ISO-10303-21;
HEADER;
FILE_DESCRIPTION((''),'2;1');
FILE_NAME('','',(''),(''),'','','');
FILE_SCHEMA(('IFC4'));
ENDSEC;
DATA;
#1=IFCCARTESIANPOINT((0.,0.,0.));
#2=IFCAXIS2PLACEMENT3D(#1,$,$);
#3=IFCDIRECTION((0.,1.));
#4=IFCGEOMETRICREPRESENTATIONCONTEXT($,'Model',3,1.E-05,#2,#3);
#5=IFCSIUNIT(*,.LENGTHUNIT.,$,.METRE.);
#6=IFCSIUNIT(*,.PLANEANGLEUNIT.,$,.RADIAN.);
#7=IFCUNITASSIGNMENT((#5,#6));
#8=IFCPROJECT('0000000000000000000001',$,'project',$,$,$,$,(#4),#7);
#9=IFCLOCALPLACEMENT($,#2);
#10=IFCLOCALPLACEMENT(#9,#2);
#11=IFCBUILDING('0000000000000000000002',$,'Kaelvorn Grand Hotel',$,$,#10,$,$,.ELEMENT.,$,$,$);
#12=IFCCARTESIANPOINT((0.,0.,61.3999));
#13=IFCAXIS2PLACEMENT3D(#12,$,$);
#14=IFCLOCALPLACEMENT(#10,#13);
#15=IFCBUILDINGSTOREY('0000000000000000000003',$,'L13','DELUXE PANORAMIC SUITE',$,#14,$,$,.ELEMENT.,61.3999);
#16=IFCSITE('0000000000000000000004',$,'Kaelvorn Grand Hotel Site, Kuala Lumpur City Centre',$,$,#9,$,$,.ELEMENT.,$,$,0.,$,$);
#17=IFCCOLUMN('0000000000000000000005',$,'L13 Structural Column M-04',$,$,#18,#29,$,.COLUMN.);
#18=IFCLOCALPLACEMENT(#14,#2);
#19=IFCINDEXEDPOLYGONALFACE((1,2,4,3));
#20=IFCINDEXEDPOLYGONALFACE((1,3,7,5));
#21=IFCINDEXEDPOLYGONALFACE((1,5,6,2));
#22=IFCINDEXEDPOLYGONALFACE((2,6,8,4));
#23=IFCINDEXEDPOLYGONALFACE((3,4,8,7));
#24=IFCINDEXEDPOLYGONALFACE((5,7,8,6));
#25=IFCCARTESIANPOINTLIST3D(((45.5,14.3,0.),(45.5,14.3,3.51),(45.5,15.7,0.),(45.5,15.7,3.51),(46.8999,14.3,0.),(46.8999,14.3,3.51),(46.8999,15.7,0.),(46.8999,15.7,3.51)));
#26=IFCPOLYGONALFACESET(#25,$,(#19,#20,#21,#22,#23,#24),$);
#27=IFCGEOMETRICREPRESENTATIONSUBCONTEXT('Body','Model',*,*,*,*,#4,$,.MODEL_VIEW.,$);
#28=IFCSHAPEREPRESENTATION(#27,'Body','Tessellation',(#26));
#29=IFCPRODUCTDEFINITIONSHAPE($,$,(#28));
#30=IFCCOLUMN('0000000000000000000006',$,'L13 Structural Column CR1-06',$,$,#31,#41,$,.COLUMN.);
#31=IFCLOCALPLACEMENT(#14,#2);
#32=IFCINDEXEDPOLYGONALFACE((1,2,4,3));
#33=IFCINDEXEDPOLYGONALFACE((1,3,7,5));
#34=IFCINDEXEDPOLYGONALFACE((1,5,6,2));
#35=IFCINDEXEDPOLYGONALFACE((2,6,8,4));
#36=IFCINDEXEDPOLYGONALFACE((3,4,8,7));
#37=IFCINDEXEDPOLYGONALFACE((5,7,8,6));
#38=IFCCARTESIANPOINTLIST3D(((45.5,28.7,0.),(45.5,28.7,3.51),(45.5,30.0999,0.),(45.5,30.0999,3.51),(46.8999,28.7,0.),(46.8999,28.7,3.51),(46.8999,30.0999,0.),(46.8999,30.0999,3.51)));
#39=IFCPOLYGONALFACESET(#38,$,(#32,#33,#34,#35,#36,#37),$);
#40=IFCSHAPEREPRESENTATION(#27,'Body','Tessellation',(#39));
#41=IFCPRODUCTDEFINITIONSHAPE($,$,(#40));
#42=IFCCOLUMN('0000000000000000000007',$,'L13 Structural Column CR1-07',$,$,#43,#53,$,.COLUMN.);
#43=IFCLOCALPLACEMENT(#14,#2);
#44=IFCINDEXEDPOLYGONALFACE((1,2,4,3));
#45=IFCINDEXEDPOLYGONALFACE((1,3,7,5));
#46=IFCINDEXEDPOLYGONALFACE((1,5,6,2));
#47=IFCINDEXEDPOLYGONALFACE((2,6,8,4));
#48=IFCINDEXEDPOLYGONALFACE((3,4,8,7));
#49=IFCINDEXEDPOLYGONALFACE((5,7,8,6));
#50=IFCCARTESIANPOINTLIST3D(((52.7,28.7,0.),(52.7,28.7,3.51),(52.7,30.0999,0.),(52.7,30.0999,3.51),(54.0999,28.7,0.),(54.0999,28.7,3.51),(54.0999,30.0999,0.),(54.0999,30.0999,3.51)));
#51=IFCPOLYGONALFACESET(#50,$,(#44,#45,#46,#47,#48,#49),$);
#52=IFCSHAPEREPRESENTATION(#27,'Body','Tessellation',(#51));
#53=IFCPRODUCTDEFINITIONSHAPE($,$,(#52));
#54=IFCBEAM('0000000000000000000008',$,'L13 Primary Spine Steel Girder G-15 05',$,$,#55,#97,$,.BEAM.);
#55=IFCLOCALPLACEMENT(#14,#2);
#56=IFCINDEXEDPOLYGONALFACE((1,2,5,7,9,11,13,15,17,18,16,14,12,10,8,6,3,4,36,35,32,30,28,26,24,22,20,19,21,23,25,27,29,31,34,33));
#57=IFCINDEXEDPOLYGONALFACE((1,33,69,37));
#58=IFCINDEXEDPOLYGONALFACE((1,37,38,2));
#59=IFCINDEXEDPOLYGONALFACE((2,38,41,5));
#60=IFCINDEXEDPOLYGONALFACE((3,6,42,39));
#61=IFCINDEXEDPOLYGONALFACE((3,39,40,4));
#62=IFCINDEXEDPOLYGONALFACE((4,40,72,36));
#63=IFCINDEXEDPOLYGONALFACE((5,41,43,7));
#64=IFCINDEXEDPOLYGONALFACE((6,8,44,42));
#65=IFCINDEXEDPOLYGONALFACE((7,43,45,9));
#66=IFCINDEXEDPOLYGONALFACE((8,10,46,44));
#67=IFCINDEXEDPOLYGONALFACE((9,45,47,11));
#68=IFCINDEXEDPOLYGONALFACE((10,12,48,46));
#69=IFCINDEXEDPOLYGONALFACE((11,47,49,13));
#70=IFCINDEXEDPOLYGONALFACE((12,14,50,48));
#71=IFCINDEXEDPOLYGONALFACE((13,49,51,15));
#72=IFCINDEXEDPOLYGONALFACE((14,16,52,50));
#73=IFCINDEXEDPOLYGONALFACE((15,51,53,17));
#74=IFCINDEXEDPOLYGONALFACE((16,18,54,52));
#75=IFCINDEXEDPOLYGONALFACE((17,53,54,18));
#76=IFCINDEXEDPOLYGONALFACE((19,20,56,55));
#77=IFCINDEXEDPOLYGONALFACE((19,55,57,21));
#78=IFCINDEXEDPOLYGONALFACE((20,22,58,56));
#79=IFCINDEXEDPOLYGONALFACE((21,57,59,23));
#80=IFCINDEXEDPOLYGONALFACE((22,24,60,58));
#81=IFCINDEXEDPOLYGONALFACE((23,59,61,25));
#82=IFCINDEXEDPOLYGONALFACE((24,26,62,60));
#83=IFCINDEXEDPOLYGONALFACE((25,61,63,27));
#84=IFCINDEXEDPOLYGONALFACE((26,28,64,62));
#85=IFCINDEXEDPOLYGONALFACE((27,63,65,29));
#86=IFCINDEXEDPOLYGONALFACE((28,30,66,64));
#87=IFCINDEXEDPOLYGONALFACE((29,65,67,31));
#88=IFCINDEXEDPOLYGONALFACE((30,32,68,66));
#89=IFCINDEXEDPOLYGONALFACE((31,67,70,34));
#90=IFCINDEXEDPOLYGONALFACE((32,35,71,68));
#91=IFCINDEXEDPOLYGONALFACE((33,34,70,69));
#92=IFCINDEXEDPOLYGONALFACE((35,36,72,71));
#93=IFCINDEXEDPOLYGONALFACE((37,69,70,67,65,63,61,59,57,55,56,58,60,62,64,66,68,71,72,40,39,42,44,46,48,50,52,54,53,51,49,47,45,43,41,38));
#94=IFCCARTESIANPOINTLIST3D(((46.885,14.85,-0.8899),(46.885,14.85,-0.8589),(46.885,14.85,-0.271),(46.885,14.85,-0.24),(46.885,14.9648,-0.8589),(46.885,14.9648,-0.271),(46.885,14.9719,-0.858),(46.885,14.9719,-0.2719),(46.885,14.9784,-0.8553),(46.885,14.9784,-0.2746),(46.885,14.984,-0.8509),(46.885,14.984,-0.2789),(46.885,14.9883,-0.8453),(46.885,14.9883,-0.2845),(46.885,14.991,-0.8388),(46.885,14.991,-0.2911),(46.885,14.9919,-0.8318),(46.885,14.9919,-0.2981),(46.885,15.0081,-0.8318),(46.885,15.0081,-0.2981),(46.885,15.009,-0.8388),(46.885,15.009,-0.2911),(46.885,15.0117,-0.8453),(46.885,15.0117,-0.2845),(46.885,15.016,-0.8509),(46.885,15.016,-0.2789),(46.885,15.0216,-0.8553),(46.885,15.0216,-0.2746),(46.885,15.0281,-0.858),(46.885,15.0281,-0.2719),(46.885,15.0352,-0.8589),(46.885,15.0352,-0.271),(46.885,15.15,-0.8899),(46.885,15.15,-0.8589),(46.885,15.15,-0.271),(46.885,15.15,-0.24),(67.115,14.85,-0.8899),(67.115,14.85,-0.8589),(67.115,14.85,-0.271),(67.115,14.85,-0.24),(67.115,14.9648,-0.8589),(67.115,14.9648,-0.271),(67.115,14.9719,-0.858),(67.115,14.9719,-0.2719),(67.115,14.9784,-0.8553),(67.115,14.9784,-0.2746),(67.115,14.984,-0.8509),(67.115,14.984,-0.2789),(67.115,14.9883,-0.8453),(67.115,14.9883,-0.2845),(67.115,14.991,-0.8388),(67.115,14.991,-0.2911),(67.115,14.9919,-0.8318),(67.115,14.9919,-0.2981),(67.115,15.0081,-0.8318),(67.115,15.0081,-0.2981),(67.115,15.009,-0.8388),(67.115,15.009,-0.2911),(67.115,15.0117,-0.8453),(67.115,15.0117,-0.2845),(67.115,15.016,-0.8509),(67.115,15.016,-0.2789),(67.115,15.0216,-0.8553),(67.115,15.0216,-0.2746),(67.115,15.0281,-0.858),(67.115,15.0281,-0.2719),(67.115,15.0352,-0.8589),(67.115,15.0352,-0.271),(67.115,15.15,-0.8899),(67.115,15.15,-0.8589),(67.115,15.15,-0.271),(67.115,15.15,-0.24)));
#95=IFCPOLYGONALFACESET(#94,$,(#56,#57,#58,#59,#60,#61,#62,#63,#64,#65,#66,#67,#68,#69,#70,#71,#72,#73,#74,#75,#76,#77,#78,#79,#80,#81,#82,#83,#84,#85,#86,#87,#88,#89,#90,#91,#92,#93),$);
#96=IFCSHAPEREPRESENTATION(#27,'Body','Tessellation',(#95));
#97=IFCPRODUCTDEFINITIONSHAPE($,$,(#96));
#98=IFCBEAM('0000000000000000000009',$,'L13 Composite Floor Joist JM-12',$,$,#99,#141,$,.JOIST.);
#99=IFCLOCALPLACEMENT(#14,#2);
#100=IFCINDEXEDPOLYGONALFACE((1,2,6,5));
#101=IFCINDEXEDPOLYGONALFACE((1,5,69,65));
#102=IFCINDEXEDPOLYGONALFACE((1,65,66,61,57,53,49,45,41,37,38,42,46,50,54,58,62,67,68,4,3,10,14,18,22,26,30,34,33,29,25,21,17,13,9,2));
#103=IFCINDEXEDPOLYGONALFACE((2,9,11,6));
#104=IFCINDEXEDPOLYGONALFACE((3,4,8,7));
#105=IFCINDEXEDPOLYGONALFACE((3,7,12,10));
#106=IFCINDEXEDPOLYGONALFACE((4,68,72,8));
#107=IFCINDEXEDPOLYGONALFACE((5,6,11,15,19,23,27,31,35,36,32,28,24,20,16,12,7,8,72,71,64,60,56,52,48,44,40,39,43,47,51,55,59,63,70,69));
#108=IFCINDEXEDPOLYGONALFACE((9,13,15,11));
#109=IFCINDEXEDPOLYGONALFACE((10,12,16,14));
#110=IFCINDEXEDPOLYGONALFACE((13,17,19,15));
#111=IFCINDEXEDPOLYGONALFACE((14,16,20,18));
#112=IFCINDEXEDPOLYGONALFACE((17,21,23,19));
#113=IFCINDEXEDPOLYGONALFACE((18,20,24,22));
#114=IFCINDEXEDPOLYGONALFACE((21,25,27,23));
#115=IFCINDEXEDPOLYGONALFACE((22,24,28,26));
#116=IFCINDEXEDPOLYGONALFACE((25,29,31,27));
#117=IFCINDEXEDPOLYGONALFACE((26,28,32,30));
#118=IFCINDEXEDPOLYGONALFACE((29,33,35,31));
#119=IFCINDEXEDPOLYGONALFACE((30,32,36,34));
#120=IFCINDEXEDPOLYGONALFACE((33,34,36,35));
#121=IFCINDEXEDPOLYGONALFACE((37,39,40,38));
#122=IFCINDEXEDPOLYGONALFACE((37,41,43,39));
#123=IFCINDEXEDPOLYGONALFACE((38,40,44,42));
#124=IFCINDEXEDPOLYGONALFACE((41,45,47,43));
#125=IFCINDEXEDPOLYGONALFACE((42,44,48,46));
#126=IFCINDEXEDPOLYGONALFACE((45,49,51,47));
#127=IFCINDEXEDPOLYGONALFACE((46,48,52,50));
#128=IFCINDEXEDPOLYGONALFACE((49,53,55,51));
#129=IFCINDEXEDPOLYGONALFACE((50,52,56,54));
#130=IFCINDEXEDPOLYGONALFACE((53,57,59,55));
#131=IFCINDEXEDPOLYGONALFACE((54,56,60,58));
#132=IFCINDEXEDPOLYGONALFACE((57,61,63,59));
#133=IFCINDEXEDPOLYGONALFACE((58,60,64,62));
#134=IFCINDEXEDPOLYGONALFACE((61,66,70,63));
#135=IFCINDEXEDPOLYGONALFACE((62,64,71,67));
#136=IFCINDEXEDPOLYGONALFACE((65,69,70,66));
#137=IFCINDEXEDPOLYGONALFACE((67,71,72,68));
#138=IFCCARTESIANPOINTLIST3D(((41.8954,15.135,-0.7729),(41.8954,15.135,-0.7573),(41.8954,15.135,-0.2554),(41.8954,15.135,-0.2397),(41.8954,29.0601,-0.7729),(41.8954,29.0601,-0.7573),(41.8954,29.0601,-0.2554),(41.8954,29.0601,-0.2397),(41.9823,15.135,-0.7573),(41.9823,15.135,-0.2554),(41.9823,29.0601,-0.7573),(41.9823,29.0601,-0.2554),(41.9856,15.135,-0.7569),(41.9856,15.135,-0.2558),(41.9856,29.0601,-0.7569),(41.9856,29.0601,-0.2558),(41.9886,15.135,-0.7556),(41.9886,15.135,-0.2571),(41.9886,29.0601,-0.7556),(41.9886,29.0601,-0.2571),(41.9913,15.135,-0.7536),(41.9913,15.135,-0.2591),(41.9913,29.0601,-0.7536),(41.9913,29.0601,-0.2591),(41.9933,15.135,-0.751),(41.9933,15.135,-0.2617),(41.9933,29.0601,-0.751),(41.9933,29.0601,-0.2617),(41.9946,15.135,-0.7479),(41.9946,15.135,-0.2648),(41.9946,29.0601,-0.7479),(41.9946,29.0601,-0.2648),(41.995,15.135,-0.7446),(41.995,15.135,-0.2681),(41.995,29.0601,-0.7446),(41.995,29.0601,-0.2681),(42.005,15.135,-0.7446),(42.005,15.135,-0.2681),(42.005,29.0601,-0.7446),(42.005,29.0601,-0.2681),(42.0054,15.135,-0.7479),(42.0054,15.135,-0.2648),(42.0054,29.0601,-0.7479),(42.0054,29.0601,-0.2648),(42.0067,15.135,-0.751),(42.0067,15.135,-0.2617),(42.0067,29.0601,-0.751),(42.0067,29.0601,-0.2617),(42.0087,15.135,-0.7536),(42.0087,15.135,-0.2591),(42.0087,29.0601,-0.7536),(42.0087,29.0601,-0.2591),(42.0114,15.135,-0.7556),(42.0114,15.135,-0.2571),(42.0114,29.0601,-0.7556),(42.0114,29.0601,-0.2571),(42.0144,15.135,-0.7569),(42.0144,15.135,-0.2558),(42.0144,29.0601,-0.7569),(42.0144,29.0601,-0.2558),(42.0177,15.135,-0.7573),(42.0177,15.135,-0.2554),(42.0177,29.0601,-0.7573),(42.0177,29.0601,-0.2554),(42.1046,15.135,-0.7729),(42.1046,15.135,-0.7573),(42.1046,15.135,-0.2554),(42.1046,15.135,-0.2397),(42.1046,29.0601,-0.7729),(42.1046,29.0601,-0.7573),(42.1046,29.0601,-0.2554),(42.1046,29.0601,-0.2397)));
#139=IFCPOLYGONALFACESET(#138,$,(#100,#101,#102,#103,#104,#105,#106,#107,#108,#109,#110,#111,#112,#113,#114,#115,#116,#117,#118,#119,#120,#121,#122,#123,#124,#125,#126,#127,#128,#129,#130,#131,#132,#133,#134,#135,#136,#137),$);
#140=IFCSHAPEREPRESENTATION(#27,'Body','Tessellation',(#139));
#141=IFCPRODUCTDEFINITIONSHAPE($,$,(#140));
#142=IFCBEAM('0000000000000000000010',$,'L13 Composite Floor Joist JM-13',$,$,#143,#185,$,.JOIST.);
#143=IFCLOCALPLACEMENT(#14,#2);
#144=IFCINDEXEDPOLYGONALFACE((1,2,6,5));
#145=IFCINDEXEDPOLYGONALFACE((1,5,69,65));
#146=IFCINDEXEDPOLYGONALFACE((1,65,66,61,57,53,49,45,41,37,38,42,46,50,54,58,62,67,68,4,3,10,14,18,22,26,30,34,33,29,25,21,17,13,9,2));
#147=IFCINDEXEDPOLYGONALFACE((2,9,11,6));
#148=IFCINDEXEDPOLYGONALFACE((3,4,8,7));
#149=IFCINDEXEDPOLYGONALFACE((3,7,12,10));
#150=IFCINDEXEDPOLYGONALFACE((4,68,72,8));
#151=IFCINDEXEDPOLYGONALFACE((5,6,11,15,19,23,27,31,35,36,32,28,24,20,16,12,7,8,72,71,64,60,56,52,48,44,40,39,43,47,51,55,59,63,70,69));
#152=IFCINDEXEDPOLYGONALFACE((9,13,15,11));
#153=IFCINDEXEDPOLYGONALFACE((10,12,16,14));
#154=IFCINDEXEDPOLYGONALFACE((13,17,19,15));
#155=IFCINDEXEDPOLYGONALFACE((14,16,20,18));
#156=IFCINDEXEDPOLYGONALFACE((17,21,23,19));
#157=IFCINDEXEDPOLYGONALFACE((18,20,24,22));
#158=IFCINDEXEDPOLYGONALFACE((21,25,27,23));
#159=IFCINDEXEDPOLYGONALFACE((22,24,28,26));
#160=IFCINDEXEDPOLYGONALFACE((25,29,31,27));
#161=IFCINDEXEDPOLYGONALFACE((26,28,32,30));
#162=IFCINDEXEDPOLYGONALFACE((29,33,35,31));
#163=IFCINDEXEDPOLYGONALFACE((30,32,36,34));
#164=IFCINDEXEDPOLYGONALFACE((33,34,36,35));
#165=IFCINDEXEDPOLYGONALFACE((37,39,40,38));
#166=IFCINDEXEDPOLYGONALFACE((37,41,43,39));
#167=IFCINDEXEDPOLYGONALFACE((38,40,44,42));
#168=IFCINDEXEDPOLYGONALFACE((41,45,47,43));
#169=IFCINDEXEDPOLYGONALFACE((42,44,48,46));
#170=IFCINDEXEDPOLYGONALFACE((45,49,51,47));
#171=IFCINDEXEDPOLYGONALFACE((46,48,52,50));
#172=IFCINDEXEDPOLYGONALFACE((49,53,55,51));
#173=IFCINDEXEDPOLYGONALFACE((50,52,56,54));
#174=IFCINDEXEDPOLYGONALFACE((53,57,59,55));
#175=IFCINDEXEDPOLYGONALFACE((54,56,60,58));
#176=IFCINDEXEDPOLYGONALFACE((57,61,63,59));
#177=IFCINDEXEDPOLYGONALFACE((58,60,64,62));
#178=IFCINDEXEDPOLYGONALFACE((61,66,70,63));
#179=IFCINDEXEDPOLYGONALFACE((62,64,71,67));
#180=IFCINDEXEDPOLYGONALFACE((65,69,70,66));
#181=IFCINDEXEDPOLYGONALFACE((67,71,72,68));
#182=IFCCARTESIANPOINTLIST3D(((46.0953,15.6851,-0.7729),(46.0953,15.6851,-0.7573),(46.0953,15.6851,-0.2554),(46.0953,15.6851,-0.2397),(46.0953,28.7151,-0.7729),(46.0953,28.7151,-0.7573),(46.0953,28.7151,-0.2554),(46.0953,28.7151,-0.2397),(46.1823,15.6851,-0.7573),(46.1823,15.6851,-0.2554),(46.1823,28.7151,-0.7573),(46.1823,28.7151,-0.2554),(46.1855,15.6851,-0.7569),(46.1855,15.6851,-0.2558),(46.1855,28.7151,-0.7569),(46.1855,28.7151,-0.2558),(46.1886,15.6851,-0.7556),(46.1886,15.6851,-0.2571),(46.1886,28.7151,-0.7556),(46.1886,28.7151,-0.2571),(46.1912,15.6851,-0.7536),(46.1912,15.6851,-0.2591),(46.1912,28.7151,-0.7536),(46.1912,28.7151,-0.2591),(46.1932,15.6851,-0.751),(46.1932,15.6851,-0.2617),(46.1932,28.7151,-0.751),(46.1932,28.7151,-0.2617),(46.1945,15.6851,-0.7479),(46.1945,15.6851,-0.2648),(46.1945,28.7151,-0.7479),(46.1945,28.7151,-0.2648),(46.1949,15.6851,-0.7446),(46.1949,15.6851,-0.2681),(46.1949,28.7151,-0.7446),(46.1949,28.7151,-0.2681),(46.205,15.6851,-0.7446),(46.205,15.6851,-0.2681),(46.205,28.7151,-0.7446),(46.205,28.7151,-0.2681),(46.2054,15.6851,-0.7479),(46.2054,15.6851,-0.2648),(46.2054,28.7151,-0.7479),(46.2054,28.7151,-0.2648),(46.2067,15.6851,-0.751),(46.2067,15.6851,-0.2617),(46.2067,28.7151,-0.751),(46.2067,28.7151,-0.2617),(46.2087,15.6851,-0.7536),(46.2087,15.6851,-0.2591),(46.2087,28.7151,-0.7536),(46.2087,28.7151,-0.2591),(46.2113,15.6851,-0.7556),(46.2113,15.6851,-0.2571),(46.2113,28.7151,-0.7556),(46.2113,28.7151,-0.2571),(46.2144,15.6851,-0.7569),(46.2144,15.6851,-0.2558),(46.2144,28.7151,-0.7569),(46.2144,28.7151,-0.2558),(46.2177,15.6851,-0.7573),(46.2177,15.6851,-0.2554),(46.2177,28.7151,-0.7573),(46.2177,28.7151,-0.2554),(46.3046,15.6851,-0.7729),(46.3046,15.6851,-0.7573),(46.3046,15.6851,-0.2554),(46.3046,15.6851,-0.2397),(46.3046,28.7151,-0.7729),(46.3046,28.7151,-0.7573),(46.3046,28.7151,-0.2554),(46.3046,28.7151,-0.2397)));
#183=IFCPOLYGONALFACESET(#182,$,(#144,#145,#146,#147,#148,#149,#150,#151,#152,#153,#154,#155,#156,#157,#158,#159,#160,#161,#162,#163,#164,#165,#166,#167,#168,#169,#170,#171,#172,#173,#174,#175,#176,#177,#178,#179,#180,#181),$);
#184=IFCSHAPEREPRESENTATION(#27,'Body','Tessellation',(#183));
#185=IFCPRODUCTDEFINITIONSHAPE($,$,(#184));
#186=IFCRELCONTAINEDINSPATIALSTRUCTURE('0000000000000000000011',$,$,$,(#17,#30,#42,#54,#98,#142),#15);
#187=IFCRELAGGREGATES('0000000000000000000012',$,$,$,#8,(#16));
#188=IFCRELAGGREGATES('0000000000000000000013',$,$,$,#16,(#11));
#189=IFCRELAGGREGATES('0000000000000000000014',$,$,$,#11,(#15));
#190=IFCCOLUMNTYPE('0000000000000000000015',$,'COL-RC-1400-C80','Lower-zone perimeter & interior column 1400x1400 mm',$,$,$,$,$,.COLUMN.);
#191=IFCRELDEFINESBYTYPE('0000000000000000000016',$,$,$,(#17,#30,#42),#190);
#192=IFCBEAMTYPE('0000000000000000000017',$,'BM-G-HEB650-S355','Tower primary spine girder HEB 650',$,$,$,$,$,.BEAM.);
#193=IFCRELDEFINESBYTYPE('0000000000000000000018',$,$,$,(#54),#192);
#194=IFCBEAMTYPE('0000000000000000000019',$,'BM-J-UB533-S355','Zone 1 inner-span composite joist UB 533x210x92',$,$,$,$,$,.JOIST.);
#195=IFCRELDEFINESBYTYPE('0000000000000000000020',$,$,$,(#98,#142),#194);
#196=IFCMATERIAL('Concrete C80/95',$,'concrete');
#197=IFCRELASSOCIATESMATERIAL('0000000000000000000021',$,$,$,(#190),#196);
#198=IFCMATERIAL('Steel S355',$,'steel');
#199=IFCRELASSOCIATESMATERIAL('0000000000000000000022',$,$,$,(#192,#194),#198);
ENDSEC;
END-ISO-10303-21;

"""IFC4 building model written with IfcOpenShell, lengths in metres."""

from ifc_helpers import new_model, si_unit, direction, frame, origin, origin_2d, place, context, subcontext, project, spatial, rectangle, i_section, extrude, material, material_profile, profile_set, type_object, element, save


model = new_model("IFC4")

# Units and contexts
model_context = context("Model", 3, precision=1e-05, world=origin(), true_north=direction((0.0, 1.0)))
body_context = subcontext(model_context, "Body", "Model", "MODEL_VIEW")
ifc_project = project(units=[si_unit("LENGTHUNIT", "METRE"), si_unit("PLANEANGLEUNIT", "RADIAN")], contexts=[model_context])

# Site, building, storey
site_placement = place(None, origin())
site = spatial("IfcSite", under=ifc_project, at=site_placement, Name="Kaelvorn Grand Hotel Site, Kuala Lumpur City Centre", CompositionType="ELEMENT", RefElevation=0.0)
building_placement = place(site_placement, origin())
building = spatial("IfcBuilding", under=site, at=building_placement, Name="Kaelvorn Grand Hotel", CompositionType="ELEMENT")
storey_placement = place(building_placement, frame((0.0, 0.0, 61.3999)))
storey = spatial("IfcBuildingStorey", under=building, at=storey_placement, Name="L13", Description="DELUXE PANORAMIC SUITE", CompositionType="ELEMENT", Elevation=61.3999)

# Columns
ifc_material_1 = material(Name="Concrete C80/95", Category="concrete")
ifc_material_profile_1 = material_profile(ifc_material_1, rectangle(XDim=1.3999, YDim=1.3999, at=origin_2d()), Name="RC COL 1400x1400")
ifc_profile_set_1 = profile_set([ifc_material_profile_1], Name="Concrete C80/95")
column_type = type_object("IfcColumnType", Name="COL-RC-1400-C80", Description="Lower-zone perimeter & interior column 1400x1400 mm", PredefinedType="COLUMN", material=ifc_profile_set_1)
for number, where, z_axis, x_axis, name in (
    (1, (46.2, 15.0, 0.0), (0.0, 0.0, 1.0), (1.0, 0.0, 0.0), "L13 Structural Column M-04"),
    (2, (46.2, 29.3999, 0.0), (0.0, 0.0, 1.0), (1.0, 0.0, 0.0), "L13 Structural Column CR1-06"),
    (3, (53.3999, 29.3999, 0.0), (0.0, 0.0, 1.0), (1.0, 0.0, 0.0), "L13 Structural Column CR1-07"),
):
    element("IfcColumn", number, at=place(storey_placement, frame(where, z_axis=z_axis, x_axis=x_axis)), inside=storey, type_object=column_type, Name=name, PredefinedType="COLUMN", context=body_context, shape_type="SweptSolid", body=[
        extrude(rectangle(XDim=1.3999, YDim=1.3999, at=origin_2d()), origin(), (0.0, 0.0, 1.0), 3.51),
    ])

# Beams
ifc_material_2 = material(Name="Steel S355", Category="steel")
ifc_material_profile_2 = material_profile(ifc_material_2, i_section(OverallWidth=0.3, OverallDepth=0.6499, WebThickness=0.0161, FlangeThickness=0.031, FilletRadius=0.0271, at=origin_2d()), Name="HEB 650")
ifc_profile_set_2 = profile_set([ifc_material_profile_2], Name="Steel S355")
beam_type_1 = type_object("IfcBeamType", Name="BM-G-HEB650-S355", Description="Tower primary spine girder HEB 650", PredefinedType="BEAM", material=ifc_profile_set_2)
beam_1_placement = place(storey_placement, frame((46.885, 15.0, -0.5649), z_axis=(1.0, 0.0, 0.0), x_axis=(0.0, 1.0, 0.0)))
element("IfcBeam", 4, at=beam_1_placement, inside=storey, type_object=beam_type_1, Name="L13 Primary Spine Steel Girder G-15 05", PredefinedType="BEAM", context=body_context, shape_type="SweptSolid", body=[
    extrude(i_section(OverallWidth=0.3, OverallDepth=0.6499, WebThickness=0.0161, FlangeThickness=0.031, FilletRadius=0.0271, at=origin_2d()), origin(), (0.0, 0.0, 1.0), 20.23),
])
ifc_material_profile_3 = material_profile(ifc_material_2, i_section(OverallWidth=0.2092, OverallDepth=0.5332, WebThickness=0.01, FlangeThickness=0.0156, FilletRadius=0.0127, at=origin_2d()), Name="UB 533x210x92")
ifc_profile_set_3 = profile_set([ifc_material_profile_3], Name="Steel S355")
beam_type_2 = type_object("IfcBeamType", Name="BM-J-UB533-S355", Description="Zone 1 inner-span composite joist UB 533x210x92", PredefinedType="JOIST", material=ifc_profile_set_3)
beam_2_placement = place(storey_placement, frame((42.0, 15.135, -0.5063), z_axis=(0.0, 1.0, 0.0), x_axis=(-1.0, 0.0, 0.0)))
element("IfcBeam", 5, at=beam_2_placement, inside=storey, type_object=beam_type_2, Name="L13 Composite Floor Joist JM-12", PredefinedType="JOIST", context=body_context, shape_type="SweptSolid", body=[
    extrude(i_section(OverallWidth=0.2092, OverallDepth=0.5332, WebThickness=0.01, FlangeThickness=0.0156, FilletRadius=0.0127, at=origin_2d()), origin(), (0.0, 0.0, 1.0), 13.925),
])
beam_3_placement = place(storey_placement, frame((46.2, 15.6851, -0.5063), z_axis=(0.0, 1.0, 0.0), x_axis=(-1.0, 0.0, 0.0)))
element("IfcBeam", 6, at=beam_3_placement, inside=storey, type_object=beam_type_2, Name="L13 Composite Floor Joist JM-13", PredefinedType="JOIST", context=body_context, shape_type="SweptSolid", body=[
    extrude(i_section(OverallWidth=0.2092, OverallDepth=0.5332, WebThickness=0.01, FlangeThickness=0.0156, FilletRadius=0.0127, at=origin_2d()), origin(), (0.0, 0.0, 1.0), 13.03),
])

save(model, "model.ifc")
